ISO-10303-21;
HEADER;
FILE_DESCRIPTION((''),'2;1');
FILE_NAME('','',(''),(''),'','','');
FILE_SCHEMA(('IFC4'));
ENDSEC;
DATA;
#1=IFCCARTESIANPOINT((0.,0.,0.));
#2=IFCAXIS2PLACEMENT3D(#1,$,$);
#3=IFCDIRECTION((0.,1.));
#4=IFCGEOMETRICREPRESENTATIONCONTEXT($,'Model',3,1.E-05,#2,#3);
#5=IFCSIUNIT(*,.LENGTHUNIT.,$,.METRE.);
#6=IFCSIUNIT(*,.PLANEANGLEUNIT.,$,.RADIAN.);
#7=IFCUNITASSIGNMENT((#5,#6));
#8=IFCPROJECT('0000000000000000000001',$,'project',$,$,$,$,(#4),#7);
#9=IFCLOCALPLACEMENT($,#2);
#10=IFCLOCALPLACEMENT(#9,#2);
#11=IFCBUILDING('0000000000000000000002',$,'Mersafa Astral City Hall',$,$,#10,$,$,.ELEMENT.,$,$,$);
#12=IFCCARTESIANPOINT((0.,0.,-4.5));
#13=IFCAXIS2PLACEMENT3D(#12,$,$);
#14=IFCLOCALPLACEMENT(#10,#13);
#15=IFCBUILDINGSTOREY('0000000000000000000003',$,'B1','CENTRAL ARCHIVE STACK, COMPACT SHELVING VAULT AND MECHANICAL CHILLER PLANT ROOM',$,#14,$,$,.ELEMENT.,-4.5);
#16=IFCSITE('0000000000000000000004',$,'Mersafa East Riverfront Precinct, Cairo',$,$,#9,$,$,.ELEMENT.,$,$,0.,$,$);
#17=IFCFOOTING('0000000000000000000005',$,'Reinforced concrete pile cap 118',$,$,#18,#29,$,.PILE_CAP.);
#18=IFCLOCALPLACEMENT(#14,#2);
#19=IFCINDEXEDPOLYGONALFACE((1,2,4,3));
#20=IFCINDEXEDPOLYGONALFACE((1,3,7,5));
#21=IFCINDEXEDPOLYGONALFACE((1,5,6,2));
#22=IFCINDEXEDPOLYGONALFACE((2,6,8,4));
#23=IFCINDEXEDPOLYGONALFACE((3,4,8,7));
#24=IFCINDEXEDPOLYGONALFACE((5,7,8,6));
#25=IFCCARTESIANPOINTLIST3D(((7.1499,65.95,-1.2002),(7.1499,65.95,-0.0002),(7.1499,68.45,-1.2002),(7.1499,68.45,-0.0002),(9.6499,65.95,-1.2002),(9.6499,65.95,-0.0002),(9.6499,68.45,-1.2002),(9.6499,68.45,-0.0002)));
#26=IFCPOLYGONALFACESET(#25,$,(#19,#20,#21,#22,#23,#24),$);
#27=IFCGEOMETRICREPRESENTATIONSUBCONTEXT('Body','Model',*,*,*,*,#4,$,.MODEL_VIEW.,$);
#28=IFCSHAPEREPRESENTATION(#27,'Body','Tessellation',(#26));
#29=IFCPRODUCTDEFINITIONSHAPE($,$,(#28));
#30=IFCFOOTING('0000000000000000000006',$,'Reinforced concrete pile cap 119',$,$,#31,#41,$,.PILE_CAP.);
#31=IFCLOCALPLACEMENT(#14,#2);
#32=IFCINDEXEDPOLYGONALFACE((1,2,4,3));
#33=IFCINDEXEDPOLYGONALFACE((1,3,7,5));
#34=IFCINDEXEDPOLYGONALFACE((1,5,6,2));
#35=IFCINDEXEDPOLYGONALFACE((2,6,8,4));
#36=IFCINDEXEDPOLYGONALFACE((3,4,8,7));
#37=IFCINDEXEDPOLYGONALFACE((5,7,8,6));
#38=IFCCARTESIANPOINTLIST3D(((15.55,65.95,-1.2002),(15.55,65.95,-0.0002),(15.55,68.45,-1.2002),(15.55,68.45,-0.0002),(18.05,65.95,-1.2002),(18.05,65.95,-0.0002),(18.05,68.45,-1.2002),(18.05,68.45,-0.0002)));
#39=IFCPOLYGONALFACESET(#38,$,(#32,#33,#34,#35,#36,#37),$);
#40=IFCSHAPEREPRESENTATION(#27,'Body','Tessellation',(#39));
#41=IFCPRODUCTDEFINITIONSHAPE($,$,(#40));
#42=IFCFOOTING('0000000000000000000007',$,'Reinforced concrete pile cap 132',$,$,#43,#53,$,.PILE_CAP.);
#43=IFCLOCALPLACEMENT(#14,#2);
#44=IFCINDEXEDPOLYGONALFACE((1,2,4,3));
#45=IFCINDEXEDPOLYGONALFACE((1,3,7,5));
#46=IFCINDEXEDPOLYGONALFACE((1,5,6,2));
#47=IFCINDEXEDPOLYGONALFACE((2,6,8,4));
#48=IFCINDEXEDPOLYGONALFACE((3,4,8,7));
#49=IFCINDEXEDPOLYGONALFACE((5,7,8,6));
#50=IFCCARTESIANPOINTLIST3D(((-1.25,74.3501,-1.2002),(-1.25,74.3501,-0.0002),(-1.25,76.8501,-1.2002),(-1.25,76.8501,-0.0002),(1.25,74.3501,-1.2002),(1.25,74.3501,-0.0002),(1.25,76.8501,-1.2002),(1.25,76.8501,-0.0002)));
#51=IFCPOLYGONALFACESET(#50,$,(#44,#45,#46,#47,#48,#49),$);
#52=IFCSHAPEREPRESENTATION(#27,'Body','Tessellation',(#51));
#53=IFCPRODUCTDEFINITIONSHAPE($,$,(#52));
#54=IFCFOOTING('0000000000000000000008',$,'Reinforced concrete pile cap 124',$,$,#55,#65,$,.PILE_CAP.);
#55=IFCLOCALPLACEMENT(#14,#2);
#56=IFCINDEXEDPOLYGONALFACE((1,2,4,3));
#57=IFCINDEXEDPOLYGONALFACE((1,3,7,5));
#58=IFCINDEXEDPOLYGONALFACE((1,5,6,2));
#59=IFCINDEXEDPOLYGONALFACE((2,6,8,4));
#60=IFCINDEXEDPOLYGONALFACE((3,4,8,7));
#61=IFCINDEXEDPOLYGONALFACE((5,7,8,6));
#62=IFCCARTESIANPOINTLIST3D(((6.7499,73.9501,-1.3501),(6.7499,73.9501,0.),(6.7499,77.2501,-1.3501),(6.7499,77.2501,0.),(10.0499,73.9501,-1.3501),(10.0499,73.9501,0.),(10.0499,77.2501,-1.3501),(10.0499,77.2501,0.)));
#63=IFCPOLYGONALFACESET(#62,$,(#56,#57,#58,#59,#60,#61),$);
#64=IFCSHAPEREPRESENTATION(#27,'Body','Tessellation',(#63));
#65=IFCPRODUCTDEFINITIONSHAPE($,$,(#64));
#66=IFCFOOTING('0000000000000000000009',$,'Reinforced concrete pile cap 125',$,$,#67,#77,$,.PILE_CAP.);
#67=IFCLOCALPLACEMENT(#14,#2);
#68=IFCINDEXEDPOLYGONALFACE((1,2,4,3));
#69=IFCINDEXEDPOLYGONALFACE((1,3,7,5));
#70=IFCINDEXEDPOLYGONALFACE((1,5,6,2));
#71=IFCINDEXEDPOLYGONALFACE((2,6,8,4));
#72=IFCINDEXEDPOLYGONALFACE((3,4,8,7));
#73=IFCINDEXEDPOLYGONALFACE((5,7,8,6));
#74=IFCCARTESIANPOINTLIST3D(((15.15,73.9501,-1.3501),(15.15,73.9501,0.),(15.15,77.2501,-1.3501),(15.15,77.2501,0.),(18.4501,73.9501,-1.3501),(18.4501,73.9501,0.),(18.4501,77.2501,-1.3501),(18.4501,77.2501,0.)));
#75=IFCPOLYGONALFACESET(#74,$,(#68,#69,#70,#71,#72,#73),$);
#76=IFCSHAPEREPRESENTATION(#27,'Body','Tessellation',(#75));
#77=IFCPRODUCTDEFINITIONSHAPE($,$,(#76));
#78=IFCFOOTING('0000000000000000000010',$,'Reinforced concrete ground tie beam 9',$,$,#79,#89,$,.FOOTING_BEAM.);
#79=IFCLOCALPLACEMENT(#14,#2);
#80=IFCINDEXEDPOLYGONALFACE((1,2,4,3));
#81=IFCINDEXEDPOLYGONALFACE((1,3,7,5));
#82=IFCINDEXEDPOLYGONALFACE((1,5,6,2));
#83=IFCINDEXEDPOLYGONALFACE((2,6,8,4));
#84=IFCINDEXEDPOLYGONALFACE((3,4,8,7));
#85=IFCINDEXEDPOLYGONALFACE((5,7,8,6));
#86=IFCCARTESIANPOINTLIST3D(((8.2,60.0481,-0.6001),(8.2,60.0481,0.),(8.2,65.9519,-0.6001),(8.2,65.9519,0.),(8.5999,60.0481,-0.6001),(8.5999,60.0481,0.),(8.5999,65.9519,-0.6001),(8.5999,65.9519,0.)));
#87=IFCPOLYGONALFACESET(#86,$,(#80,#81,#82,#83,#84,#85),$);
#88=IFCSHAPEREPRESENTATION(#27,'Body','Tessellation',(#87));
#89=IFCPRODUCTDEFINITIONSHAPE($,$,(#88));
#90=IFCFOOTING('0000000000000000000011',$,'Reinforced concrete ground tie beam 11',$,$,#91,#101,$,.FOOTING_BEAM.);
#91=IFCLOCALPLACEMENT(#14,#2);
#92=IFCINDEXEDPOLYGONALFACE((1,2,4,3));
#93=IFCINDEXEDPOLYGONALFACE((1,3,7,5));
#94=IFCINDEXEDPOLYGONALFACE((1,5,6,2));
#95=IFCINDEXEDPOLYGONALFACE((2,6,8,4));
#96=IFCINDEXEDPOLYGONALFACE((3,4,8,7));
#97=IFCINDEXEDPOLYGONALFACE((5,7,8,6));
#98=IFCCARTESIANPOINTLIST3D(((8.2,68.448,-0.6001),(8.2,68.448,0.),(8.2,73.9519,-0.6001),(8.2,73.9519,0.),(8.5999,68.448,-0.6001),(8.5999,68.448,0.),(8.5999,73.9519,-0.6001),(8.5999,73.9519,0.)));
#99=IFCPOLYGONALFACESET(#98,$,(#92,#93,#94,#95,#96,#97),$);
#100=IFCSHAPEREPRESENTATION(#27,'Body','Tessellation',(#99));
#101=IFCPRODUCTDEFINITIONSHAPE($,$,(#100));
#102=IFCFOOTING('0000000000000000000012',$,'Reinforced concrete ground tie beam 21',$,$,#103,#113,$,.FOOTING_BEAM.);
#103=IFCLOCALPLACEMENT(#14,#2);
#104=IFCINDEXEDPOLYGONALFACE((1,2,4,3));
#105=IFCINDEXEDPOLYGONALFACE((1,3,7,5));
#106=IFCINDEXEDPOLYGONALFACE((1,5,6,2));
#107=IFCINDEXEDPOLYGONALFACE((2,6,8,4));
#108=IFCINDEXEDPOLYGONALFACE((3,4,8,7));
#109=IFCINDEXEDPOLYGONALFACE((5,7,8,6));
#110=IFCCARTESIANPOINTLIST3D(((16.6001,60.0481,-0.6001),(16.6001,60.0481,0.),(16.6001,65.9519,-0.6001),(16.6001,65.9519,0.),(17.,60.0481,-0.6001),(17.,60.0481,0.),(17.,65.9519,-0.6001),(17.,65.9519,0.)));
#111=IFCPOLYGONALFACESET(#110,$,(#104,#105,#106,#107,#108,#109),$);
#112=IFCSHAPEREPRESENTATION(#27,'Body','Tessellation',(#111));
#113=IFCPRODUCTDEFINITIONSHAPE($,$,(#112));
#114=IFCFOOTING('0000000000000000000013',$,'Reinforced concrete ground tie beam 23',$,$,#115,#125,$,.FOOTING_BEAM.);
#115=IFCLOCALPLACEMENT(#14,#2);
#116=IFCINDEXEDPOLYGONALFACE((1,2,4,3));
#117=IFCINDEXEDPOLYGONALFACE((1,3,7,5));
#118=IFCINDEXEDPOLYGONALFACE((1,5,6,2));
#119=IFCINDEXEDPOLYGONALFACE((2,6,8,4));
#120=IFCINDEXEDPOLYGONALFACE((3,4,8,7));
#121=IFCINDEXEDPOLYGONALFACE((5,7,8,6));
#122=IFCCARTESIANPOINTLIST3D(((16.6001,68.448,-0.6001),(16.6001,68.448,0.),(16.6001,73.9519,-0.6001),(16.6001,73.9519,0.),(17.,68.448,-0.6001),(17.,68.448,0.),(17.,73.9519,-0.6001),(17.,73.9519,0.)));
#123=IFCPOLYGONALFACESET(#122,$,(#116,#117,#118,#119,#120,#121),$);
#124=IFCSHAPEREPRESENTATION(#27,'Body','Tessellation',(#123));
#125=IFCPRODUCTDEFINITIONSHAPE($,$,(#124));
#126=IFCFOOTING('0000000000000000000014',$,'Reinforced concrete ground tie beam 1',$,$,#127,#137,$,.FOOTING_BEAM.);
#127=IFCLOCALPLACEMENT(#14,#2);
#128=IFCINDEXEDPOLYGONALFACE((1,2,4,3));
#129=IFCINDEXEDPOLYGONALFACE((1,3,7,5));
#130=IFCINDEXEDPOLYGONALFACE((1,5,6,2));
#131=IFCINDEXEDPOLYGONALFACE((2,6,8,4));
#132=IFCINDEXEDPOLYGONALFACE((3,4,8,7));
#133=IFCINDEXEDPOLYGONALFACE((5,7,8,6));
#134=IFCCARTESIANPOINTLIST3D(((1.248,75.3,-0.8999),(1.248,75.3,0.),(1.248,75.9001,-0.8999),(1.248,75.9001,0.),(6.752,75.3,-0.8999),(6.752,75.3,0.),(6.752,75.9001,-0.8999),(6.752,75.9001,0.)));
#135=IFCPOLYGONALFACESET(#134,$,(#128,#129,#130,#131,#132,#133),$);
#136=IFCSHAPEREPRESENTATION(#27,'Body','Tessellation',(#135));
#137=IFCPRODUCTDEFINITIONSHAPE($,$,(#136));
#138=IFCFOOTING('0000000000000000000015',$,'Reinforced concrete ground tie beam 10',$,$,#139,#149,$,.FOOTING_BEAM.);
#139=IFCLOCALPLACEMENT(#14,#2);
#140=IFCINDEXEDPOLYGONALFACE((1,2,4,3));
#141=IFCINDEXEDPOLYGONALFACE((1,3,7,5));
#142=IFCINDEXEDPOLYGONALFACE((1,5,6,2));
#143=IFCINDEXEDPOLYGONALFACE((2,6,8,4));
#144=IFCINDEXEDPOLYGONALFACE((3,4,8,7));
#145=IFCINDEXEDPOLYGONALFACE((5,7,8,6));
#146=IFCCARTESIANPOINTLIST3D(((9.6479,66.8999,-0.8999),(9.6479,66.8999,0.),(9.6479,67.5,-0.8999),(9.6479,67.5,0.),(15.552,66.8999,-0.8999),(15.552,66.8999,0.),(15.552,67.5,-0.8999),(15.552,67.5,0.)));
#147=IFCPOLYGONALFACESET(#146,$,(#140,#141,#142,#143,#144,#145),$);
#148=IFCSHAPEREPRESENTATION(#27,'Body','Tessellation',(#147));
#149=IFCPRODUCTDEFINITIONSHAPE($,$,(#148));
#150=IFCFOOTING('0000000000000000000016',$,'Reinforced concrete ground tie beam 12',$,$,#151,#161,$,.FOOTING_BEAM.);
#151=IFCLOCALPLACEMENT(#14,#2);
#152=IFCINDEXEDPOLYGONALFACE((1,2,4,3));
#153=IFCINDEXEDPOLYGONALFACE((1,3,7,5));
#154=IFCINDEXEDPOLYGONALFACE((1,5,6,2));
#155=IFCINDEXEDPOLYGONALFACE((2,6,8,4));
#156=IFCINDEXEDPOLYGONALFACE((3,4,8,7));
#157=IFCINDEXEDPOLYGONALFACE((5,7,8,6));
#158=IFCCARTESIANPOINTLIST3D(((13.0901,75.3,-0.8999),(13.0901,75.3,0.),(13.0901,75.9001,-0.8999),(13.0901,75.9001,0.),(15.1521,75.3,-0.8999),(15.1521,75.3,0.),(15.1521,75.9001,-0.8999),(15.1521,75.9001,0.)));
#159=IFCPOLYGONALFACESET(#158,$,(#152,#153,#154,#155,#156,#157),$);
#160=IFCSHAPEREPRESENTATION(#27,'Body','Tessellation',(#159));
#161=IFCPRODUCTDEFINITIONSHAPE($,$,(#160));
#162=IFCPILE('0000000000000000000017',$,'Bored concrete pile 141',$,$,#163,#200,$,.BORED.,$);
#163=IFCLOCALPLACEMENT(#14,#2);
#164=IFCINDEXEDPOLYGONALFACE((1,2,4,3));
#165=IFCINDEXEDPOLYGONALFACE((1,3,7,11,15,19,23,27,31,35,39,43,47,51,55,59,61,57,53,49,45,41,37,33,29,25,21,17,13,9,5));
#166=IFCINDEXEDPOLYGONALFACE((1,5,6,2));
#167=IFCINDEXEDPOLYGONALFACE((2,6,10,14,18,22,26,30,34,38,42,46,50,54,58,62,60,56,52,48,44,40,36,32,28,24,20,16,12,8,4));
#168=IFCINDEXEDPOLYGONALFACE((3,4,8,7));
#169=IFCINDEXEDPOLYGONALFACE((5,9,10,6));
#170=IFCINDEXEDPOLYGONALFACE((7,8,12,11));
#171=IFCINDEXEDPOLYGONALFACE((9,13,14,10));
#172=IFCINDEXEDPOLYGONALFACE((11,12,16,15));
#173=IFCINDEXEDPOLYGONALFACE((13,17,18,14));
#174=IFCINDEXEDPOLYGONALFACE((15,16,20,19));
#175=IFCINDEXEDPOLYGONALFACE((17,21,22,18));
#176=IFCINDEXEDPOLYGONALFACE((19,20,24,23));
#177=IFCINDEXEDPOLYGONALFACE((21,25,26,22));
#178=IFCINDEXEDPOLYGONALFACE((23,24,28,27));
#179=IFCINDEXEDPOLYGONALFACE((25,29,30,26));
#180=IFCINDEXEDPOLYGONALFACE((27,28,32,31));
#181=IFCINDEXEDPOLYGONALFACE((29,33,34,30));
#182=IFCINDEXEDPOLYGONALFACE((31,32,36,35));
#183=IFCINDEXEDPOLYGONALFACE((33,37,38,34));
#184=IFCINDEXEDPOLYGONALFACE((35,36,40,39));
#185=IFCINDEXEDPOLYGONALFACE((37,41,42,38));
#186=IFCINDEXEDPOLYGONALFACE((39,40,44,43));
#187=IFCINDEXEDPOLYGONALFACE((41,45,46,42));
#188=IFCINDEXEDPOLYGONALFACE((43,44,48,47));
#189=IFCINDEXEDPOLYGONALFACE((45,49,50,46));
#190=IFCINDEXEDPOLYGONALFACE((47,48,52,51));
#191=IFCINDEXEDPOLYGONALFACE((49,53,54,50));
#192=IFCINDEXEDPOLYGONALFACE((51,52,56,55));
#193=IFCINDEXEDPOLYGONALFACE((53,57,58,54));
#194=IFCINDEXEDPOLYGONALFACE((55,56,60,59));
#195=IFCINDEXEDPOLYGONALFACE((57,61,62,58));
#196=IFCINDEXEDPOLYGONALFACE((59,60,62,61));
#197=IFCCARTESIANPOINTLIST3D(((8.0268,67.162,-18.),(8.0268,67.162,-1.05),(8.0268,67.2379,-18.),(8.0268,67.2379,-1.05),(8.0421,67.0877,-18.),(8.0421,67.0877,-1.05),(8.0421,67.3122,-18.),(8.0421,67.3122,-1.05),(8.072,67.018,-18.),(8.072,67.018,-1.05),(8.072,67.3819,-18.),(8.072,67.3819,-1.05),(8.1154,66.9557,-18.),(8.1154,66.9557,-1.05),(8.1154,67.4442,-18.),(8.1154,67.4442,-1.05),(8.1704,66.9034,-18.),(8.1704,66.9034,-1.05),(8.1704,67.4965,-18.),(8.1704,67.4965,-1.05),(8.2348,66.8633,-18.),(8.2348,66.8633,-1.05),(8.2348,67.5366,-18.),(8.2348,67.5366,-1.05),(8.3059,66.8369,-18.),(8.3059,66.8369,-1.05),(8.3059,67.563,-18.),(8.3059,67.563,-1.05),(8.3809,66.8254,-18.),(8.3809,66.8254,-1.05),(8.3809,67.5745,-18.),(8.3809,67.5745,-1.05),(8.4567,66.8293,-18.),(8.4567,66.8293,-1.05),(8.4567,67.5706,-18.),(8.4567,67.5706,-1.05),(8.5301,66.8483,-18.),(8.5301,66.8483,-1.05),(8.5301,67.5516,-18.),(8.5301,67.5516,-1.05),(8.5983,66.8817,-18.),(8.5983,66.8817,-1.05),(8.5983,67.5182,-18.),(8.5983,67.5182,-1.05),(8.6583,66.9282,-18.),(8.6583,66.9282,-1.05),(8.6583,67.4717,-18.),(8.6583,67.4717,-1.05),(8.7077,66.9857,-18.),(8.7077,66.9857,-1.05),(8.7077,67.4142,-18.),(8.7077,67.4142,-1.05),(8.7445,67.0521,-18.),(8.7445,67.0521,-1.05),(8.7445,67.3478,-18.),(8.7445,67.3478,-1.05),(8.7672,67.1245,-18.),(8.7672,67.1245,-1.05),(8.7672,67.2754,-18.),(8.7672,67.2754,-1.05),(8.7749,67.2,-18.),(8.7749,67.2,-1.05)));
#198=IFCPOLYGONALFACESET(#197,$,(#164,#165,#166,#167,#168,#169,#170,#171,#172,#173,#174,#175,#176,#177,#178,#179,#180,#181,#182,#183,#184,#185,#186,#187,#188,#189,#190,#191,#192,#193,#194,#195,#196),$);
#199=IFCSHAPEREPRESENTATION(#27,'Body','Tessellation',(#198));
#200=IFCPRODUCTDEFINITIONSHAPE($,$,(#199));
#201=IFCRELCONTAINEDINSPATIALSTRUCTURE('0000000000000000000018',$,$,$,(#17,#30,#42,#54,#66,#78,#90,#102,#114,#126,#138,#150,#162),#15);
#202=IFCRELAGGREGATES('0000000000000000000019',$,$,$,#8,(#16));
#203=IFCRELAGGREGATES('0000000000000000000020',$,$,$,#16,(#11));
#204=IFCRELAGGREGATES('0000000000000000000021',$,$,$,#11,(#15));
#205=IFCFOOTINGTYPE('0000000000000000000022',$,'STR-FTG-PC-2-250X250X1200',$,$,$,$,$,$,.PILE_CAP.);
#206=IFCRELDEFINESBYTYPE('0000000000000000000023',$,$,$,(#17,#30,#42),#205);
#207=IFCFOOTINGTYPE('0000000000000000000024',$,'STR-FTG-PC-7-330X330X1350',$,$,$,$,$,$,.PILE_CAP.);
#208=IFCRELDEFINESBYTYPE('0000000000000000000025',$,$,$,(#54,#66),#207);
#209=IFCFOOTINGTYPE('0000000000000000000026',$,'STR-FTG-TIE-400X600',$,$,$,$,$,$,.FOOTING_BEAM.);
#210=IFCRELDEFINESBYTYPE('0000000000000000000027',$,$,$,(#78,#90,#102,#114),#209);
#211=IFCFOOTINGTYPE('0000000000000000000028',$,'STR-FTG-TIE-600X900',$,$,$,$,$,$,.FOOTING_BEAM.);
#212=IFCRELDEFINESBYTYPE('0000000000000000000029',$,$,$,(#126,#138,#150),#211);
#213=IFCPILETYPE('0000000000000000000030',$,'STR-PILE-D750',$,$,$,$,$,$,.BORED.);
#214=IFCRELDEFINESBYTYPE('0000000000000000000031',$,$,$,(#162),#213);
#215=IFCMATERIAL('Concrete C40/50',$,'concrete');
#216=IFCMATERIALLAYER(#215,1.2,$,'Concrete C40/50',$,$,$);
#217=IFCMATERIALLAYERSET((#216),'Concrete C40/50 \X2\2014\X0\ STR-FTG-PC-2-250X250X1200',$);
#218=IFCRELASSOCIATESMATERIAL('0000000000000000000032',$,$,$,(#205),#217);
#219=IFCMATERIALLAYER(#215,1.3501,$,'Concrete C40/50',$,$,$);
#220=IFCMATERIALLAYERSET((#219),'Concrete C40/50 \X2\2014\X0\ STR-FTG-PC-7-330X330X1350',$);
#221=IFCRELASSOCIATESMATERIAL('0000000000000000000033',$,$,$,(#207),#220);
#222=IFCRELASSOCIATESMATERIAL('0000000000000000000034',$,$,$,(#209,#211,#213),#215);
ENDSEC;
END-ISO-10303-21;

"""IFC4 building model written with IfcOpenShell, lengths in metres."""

from ifc_helpers import new_model, si_unit, direction, frame, origin, origin_2d, place, context, subcontext, project, spatial, rectangle, circle, extrude, material, layer, layer_set, material_profile, profile_set, type_object, element, save


model = new_model("IFC4")

# Units and contexts
model_context = context("Model", 3, precision=1e-05, world=origin(), true_north=direction((0.0, 1.0)))
body_context = subcontext(model_context, "Body", "Model", "MODEL_VIEW")
ifc_project = project(units=[si_unit("LENGTHUNIT", "METRE"), si_unit("PLANEANGLEUNIT", "RADIAN")], contexts=[model_context])

# Site, building, storey
site_placement = place(None, origin())
site = spatial("IfcSite", under=ifc_project, at=site_placement, Name="Mersafa East Riverfront Precinct, Cairo", CompositionType="ELEMENT", RefElevation=0.0)
building_placement = place(site_placement, origin())
building = spatial("IfcBuilding", under=site, at=building_placement, Name="Mersafa Astral City Hall", CompositionType="ELEMENT")
storey_placement = place(building_placement, frame((0.0, 0.0, -4.5)))
storey = spatial("IfcBuildingStorey", under=building, at=storey_placement, Name="B1", Description="CENTRAL ARCHIVE STACK, COMPACT SHELVING VAULT AND MECHANICAL CHILLER PLANT ROOM", CompositionType="ELEMENT", Elevation=-4.5)

# Footings
ifc_material = material(Name="Concrete C40/50", Category="concrete")
ifc_layer_1 = layer(ifc_material, 1.2, Name="Concrete C40/50")
ifc_layer_set_1 = layer_set([ifc_layer_1], Name="Concrete C40/50 — STR-FTG-PC-2-250X250X1200")
footing_type_1 = type_object("IfcFootingType", Name="STR-FTG-PC-2-250X250X1200", PredefinedType="PILE_CAP", material=ifc_layer_set_1)
for number, where, z_axis, x_axis, name in (
    (1, (8.3999, 67.2, -1.2002), (0.0, 0.0, 1.0), (1.0, 0.0, 0.0), "Reinforced concrete pile cap 118"),
    (2, (16.8, 67.2, -1.2002), (0.0, 0.0, 1.0), (1.0, 0.0, 0.0), "Reinforced concrete pile cap 119"),
    (3, (0.0, 75.6001, -1.2002), (0.0, 0.0, 1.0), (1.0, 0.0, 0.0), "Reinforced concrete pile cap 132"),
):
    element("IfcFooting", number, at=place(storey_placement, frame(where, z_axis=z_axis, x_axis=x_axis)), inside=storey, type_object=footing_type_1, Name=name, PredefinedType="PILE_CAP", context=body_context, shape_type="SweptSolid", body=[
        extrude(rectangle(XDim=2.5, YDim=2.5, at=origin_2d()), origin(), (0.0, 0.0, 1.0), 1.2),
    ])
ifc_layer_2 = layer(ifc_material, 1.3501, Name="Concrete C40/50")
ifc_layer_set_2 = layer_set([ifc_layer_2], Name="Concrete C40/50 — STR-FTG-PC-7-330X330X1350")
footing_type_2 = type_object("IfcFootingType", Name="STR-FTG-PC-7-330X330X1350", PredefinedType="PILE_CAP", material=ifc_layer_set_2)
for number, where, z_axis, x_axis, name in (
    (4, (8.3999, 75.6001, -1.3501), (0.0, 0.0, 1.0), (1.0, 0.0, 0.0), "Reinforced concrete pile cap 124"),
    (5, (16.8, 75.6001, -1.3501), (0.0, 0.0, 1.0), (1.0, 0.0, 0.0), "Reinforced concrete pile cap 125"),
):
    element("IfcFooting", number, at=place(storey_placement, frame(where, z_axis=z_axis, x_axis=x_axis)), inside=storey, type_object=footing_type_2, Name=name, PredefinedType="PILE_CAP", context=body_context, shape_type="SweptSolid", body=[
        extrude(rectangle(XDim=3.3, YDim=3.3, at=origin_2d()), origin(), (0.0, 0.0, 1.0), 1.3501),
    ])
ifc_material_profile_1 = material_profile(ifc_material, rectangle(XDim=0.3999, YDim=0.6001, at=origin_2d()), Name="RC 400x600")
ifc_profile_set_1 = profile_set([ifc_material_profile_1], Name="Concrete C40/50")
footing_type_3 = type_object("IfcFootingType", Name="STR-FTG-TIE-400X600", PredefinedType="FOOTING_BEAM", material=ifc_profile_set_1)
footing_1_placement = place(storey_placement, frame((8.3999, 60.0481, -0.3), z_axis=(0.0, 1.0, 0.0), x_axis=(-1.0, 0.0, 0.0)))
element("IfcFooting", 6, at=footing_1_placement, inside=storey, type_object=footing_type_3, Name="Reinforced concrete ground tie beam 9", PredefinedType="FOOTING_BEAM", context=body_context, shape_type="SweptSolid", body=[
    extrude(rectangle(XDim=0.3999, YDim=0.6001, at=origin_2d()), origin(), (0.0, 0.0, 1.0), 5.9038),
])
footing_2_placement = place(storey_placement, frame((8.3999, 68.448, -0.3), z_axis=(0.0, 1.0, 0.0), x_axis=(-1.0, 0.0, 0.0)))
element("IfcFooting", 7, at=footing_2_placement, inside=storey, type_object=footing_type_3, Name="Reinforced concrete ground tie beam 11", PredefinedType="FOOTING_BEAM", context=body_context, shape_type="SweptSolid", body=[
    extrude(rectangle(XDim=0.3999, YDim=0.6001, at=origin_2d()), origin(), (0.0, 0.0, 1.0), 5.5039),
])
footing_3_placement = place(storey_placement, frame((16.8, 60.0481, -0.3), z_axis=(0.0, 1.0, 0.0), x_axis=(-1.0, 0.0, 0.0)))
element("IfcFooting", 8, at=footing_3_placement, inside=storey, type_object=footing_type_3, Name="Reinforced concrete ground tie beam 21", PredefinedType="FOOTING_BEAM", context=body_context, shape_type="SweptSolid", body=[
    extrude(rectangle(XDim=0.3999, YDim=0.6001, at=origin_2d()), origin(), (0.0, 0.0, 1.0), 5.9038),
])
footing_4_placement = place(storey_placement, frame((16.8, 68.448, -0.3), z_axis=(0.0, 1.0, 0.0), x_axis=(-1.0, 0.0, 0.0)))
element("IfcFooting", 9, at=footing_4_placement, inside=storey, type_object=footing_type_3, Name="Reinforced concrete ground tie beam 23", PredefinedType="FOOTING_BEAM", context=body_context, shape_type="SweptSolid", body=[
    extrude(rectangle(XDim=0.3999, YDim=0.6001, at=origin_2d()), origin(), (0.0, 0.0, 1.0), 5.5039),
])
ifc_material_profile_2 = material_profile(ifc_material, rectangle(XDim=0.6001, YDim=0.8999, at=origin_2d()), Name="RC 600x900")
ifc_profile_set_2 = profile_set([ifc_material_profile_2], Name="Concrete C40/50")
footing_type_4 = type_object("IfcFootingType", Name="STR-FTG-TIE-600X900", PredefinedType="FOOTING_BEAM", material=ifc_profile_set_2)
footing_5_placement = place(storey_placement, frame((1.248, 75.6001, -0.45), z_axis=(1.0, 0.0, 0.0), x_axis=(0.0, 1.0, 0.0)))
element("IfcFooting", 10, at=footing_5_placement, inside=storey, type_object=footing_type_4, Name="Reinforced concrete ground tie beam 1", PredefinedType="FOOTING_BEAM", context=body_context, shape_type="SweptSolid", body=[
    extrude(rectangle(XDim=0.6001, YDim=0.8999, at=origin_2d()), origin(), (0.0, 0.0, 1.0), 5.5039),
])
footing_6_placement = place(storey_placement, frame((9.6479, 67.2, -0.45), z_axis=(1.0, 0.0, 0.0), x_axis=(0.0, 1.0, 0.0)))
element("IfcFooting", 11, at=footing_6_placement, inside=storey, type_object=footing_type_4, Name="Reinforced concrete ground tie beam 10", PredefinedType="FOOTING_BEAM", context=body_context, shape_type="SweptSolid", body=[
    extrude(rectangle(XDim=0.6001, YDim=0.8999, at=origin_2d()), origin(), (0.0, 0.0, 1.0), 5.9041),
])
footing_7_placement = place(storey_placement, frame((13.0901, 75.6001, -0.45), z_axis=(1.0, 0.0, 0.0), x_axis=(0.0, 1.0, 0.0)))
element("IfcFooting", 12, at=footing_7_placement, inside=storey, type_object=footing_type_4, Name="Reinforced concrete ground tie beam 12", PredefinedType="FOOTING_BEAM", context=body_context, shape_type="SweptSolid", body=[
    extrude(rectangle(XDim=0.6001, YDim=0.8999, at=origin_2d()), origin(), (0.0, 0.0, 1.0), 2.062),
])

# Pile
ifc_material_profile_3 = material_profile(ifc_material, circle(Radius=0.375, at=origin_2d()), Name="PILE D750")
ifc_profile_set_3 = profile_set([ifc_material_profile_3], Name="Concrete C40/50")
pile_type_1 = type_object("IfcPileType", Name="STR-PILE-D750", PredefinedType="BORED", material=ifc_profile_set_3)
for number, where, z_axis, x_axis, name in (
    (13, (8.3999, 67.2, -1.05), (0.0, 0.0, -1.0), (1.0, 0.0, 0.0), "Bored concrete pile 141"),
):
    element("IfcPile", number, at=place(storey_placement, frame(where, z_axis=z_axis, x_axis=x_axis)), inside=storey, type_object=pile_type_1, Name=name, PredefinedType="BORED", context=body_context, shape_type="SweptSolid", body=[
        extrude(circle(Radius=0.375, at=origin_2d()), origin(), (0.0, 0.0, 1.0), 16.95),
    ])

save(model, "model.ifc")
